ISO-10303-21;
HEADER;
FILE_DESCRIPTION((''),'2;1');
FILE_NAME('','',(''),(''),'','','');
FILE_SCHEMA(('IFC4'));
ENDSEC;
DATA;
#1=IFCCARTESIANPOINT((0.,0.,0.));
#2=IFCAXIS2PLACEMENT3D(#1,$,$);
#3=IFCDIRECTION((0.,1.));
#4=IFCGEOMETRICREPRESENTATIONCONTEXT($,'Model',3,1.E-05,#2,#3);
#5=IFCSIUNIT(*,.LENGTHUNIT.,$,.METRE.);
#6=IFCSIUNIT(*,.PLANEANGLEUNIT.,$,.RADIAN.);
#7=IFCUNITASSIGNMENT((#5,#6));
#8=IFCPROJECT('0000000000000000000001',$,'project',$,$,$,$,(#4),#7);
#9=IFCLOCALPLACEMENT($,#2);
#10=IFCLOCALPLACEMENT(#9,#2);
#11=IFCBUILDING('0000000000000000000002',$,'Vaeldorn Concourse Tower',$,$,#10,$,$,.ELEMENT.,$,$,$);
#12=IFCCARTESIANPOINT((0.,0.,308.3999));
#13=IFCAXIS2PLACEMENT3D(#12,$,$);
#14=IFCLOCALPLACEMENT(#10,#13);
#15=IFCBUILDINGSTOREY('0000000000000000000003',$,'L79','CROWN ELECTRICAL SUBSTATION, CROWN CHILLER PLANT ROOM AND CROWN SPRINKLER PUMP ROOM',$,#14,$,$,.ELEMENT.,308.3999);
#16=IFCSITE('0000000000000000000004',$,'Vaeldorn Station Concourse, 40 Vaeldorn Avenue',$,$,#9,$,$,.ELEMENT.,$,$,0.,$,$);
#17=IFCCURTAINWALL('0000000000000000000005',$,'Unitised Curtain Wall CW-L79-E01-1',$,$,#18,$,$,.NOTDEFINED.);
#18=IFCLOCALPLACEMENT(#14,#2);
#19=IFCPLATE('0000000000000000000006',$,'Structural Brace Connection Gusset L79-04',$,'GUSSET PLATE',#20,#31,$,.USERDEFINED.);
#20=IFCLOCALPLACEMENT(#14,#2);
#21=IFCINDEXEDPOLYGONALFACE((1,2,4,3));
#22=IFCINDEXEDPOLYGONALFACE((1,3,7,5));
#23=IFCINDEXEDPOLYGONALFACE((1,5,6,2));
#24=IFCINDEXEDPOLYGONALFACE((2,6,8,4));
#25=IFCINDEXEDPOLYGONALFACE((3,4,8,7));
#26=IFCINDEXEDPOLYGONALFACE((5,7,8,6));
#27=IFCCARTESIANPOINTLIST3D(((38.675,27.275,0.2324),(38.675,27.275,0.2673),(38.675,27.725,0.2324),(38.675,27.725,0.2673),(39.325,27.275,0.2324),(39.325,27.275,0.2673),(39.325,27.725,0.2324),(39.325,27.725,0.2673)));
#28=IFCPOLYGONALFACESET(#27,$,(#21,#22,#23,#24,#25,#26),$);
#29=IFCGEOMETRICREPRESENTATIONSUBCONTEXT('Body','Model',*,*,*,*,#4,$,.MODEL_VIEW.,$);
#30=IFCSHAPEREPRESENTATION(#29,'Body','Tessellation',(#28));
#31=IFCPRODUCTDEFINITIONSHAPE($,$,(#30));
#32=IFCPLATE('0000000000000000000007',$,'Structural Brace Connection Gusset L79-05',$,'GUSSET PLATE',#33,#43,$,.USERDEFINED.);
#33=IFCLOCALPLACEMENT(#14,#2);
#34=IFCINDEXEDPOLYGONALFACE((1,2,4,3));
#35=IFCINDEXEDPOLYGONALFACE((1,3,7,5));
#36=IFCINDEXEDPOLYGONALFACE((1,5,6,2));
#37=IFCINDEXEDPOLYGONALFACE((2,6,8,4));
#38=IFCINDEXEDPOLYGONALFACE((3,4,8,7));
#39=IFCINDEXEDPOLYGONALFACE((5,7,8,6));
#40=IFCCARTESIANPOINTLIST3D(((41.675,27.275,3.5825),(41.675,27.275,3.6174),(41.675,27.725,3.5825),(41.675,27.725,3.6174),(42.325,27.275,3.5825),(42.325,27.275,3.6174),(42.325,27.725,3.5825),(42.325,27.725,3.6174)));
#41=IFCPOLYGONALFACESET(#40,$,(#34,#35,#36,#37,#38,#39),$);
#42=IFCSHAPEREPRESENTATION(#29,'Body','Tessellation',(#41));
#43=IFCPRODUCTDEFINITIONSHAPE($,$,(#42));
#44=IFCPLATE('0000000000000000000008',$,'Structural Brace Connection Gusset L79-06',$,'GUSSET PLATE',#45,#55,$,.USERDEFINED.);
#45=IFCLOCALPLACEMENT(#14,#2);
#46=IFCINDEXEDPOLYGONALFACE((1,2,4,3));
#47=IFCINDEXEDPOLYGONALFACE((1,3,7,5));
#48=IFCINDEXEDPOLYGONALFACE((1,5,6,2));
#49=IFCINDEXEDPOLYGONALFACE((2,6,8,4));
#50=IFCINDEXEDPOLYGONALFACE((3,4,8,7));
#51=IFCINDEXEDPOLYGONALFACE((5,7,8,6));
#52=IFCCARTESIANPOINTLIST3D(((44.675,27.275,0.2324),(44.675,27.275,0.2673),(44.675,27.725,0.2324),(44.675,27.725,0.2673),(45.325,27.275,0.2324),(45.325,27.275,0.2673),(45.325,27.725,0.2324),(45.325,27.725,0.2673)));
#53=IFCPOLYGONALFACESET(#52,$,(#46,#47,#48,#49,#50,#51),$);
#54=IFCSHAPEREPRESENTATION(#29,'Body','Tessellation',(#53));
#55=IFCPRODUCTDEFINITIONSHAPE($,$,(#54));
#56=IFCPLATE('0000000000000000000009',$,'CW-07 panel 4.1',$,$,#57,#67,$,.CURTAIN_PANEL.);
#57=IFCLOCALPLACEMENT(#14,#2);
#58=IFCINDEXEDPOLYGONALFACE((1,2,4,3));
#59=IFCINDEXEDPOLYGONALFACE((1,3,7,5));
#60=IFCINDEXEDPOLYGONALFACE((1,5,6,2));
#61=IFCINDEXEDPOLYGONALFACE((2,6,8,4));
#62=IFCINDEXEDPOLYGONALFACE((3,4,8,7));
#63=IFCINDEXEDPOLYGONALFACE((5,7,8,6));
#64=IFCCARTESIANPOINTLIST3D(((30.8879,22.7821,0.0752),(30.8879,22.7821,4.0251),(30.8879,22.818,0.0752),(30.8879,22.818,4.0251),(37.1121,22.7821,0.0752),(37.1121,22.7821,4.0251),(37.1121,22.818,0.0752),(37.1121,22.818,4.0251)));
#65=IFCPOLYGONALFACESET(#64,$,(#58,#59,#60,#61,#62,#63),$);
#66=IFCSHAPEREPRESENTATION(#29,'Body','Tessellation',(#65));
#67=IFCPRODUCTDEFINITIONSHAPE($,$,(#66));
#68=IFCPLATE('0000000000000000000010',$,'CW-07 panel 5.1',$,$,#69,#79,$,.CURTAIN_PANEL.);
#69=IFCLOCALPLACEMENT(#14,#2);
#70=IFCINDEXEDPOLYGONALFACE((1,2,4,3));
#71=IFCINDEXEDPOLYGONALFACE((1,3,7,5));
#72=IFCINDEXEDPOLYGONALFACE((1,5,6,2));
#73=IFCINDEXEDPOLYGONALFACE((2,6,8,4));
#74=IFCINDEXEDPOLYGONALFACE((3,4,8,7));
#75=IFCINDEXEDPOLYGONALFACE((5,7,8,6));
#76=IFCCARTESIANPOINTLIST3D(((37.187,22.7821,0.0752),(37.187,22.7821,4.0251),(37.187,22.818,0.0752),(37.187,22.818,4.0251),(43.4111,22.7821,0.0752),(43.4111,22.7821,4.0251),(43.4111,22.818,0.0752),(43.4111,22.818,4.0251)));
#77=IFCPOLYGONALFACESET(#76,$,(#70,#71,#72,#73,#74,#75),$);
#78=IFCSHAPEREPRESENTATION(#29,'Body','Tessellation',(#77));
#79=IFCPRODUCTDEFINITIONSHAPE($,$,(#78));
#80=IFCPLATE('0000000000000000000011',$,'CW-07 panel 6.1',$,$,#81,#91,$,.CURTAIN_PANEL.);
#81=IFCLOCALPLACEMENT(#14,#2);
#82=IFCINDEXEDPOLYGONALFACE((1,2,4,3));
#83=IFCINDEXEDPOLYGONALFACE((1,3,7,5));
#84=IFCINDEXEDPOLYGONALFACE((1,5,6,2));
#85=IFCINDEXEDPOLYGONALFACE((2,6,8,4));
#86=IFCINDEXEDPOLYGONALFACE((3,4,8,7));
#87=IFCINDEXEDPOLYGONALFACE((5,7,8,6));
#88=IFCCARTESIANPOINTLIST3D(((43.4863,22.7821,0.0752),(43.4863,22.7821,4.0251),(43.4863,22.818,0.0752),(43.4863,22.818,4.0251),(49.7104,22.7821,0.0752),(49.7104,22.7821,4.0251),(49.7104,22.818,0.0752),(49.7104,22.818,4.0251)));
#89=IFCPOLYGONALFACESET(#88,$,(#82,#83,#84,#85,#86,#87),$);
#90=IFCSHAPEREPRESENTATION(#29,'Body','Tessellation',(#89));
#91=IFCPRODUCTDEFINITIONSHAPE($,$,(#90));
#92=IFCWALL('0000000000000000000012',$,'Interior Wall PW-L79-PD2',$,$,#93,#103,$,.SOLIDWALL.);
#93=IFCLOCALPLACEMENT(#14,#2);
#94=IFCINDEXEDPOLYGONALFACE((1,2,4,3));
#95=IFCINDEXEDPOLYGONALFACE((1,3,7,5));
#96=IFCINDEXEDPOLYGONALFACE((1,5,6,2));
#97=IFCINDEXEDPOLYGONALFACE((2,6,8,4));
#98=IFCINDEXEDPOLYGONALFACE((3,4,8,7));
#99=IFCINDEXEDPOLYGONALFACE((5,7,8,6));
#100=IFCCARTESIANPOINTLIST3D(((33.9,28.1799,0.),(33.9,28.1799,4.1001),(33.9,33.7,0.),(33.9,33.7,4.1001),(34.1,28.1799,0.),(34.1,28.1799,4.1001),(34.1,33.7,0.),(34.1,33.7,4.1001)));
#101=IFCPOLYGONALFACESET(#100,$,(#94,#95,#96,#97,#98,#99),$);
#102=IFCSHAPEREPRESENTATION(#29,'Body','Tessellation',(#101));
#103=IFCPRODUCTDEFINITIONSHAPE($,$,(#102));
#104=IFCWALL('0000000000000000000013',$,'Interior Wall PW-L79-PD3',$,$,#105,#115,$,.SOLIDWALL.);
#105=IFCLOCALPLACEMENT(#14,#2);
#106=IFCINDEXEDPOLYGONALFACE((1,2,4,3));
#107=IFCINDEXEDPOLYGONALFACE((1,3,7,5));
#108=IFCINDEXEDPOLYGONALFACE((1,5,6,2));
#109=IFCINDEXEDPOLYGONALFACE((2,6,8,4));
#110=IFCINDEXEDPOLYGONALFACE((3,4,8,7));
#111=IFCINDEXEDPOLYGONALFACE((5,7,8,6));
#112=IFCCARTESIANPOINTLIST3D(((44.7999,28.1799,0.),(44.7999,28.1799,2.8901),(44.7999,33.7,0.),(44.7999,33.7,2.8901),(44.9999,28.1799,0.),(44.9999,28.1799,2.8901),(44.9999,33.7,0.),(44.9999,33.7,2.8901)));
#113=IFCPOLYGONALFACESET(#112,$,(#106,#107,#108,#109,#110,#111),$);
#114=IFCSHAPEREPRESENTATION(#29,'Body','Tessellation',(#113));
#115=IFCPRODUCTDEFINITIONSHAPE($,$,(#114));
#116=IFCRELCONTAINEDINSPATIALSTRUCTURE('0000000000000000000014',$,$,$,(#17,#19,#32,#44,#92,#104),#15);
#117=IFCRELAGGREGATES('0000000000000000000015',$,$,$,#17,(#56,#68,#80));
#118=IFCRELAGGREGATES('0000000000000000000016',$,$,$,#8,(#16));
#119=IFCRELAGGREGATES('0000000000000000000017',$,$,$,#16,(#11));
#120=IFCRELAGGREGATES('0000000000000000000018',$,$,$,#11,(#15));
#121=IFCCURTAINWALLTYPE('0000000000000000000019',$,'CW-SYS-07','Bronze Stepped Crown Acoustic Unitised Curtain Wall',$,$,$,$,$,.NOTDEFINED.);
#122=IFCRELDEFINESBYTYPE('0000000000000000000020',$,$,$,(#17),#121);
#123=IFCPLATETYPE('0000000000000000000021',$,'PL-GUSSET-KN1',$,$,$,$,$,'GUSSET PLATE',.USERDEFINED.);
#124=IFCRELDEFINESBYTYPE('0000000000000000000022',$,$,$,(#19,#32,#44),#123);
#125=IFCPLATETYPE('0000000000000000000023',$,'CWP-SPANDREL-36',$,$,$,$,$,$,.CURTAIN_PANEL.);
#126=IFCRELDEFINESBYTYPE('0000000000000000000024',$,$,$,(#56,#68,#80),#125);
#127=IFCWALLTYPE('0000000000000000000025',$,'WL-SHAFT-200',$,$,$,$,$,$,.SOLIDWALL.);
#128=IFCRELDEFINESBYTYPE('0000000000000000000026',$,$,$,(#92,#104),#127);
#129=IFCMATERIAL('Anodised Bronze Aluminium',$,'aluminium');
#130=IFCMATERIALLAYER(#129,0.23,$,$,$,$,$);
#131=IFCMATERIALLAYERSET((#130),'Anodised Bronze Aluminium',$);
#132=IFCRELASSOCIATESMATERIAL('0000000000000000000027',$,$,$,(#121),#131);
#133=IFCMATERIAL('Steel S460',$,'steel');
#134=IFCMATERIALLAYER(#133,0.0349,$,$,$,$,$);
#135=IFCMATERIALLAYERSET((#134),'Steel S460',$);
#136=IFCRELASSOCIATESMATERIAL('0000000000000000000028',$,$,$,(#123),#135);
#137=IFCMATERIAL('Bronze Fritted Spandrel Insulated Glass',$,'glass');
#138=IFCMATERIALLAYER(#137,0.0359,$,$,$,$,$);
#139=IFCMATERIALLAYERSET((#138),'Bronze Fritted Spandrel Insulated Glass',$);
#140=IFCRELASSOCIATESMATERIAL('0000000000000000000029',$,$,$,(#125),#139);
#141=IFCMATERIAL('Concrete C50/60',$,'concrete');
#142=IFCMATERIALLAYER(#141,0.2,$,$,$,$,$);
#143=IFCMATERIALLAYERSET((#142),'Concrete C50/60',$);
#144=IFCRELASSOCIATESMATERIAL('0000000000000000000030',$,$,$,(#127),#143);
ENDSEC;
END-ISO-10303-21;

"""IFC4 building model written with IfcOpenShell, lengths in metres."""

from ifc_helpers import new_model, si_unit, direction, frame, frame_2d, origin, origin_2d, place, context, subcontext, project, spatial, rectangle, extrude, source, transform, mapped, material, layer, layer_set, type_object, element, aggregate, save


model = new_model("IFC4")

# Units and contexts
model_context = context("Model", 3, precision=1e-05, world=origin(), true_north=direction((0.0, 1.0)))
body_context = subcontext(model_context, "Body", "Model", "MODEL_VIEW")
ifc_project = project(units=[si_unit("LENGTHUNIT", "METRE"), si_unit("PLANEANGLEUNIT", "RADIAN")], contexts=[model_context])

# Site, building, storey
site_placement = place(None, origin())
site = spatial("IfcSite", under=ifc_project, at=site_placement, Name="Vaeldorn Station Concourse, 40 Vaeldorn Avenue", CompositionType="ELEMENT", RefElevation=0.0)
building_placement = place(site_placement, origin())
building = spatial("IfcBuilding", under=site, at=building_placement, Name="Vaeldorn Concourse Tower", CompositionType="ELEMENT")
storey_placement = place(building_placement, frame((0.0, 0.0, 308.3999)))
storey = spatial("IfcBuildingStorey", under=building, at=storey_placement, Name="L79", Description="CROWN ELECTRICAL SUBSTATION, CROWN CHILLER PLANT ROOM AND CROWN SPRINKLER PUMP ROOM", CompositionType="ELEMENT", Elevation=308.3999)

# Shared definitions
ifc_material_1 = material(Name="Steel S460", Category="steel")

# Curtain wall
ifc_material_2 = material(Name="Anodised Bronze Aluminium", Category="aluminium")
ifc_layer_1 = layer(ifc_material_2, 0.23)
ifc_layer_set_1 = layer_set([ifc_layer_1], Name="Anodised Bronze Aluminium")
curtain_wall_type = type_object("IfcCurtainWallType", Name="CW-SYS-07", Description="Bronze Stepped Crown Acoustic Unitised Curtain Wall", PredefinedType="NOTDEFINED", material=ifc_layer_set_1)
curtain_wall_placement = place(storey_placement, origin())
curtain_wall = element("IfcCurtainWall", 1, at=curtain_wall_placement, inside=storey, type_object=curtain_wall_type, Name="Unitised Curtain Wall CW-L79-E01-1", PredefinedType="NOTDEFINED")

# Plates
ifc_layer_2 = layer(ifc_material_1, 0.0349)
ifc_layer_set_2 = layer_set([ifc_layer_2], Name="Steel S460")
plate_type_1 = type_object("IfcPlateType", Name="PL-GUSSET-KN1", ElementType="GUSSET PLATE", PredefinedType="USERDEFINED", material=ifc_layer_set_2)
shared_shape_1 = source(origin(), body_context, "Body", "SweptSolid", [
    extrude(rectangle(XDim=0.6499, YDim=0.45, at=origin_2d()), origin(), (0.0, 0.0, 1.0), 0.0349),
])
for number, where, z_axis, x_axis, name in (
    (2, (39.0, 27.5, 0.2324), (0.0, 0.0, 1.0), (1.0, 0.0, 0.0), "Structural Brace Connection Gusset L79-04"),
    (3, (42.0, 27.5, 3.5825), (0.0, 0.0, 1.0), (1.0, 0.0, 0.0), "Structural Brace Connection Gusset L79-05"),
    (4, (45.0, 27.5, 0.2324), (0.0, 0.0, 1.0), (1.0, 0.0, 0.0), "Structural Brace Connection Gusset L79-06"),
):
    element("IfcPlate", number, at=place(storey_placement, frame(where, z_axis=z_axis, x_axis=x_axis)), inside=storey, type_object=plate_type_1, Name=name, ObjectType="GUSSET PLATE", PredefinedType="USERDEFINED", context=body_context, shape_type="MappedRepresentation", body=[
        mapped(shared_shape_1, transform((0.0, 0.0, 0.0), scale=1.0)),
    ])

# Plates
ifc_material_3 = material(Name="Bronze Fritted Spandrel Insulated Glass", Category="glass")
ifc_layer_3 = layer(ifc_material_3, 0.0359)
ifc_layer_set_3 = layer_set([ifc_layer_3], Name="Bronze Fritted Spandrel Insulated Glass")
plate_type_2 = type_object("IfcPlateType", Name="CWP-SPANDREL-36", PredefinedType="CURTAIN_PANEL", material=ifc_layer_set_3)
shared_shape_2 = source(origin(), body_context, "Body", "SweptSolid", [
    extrude(rectangle(XDim=6.2241, YDim=0.0359, at=origin_2d()), origin(), (0.0, 0.0, 1.0), 3.95),
])
plate_1_placement = place(storey_placement, frame((34.0, 22.8, 0.0752), z_axis=(0.0, 0.0, 1.0), x_axis=(1.0, 0.0, 0.0)))
plate_1 = element("IfcPlate", 5, at=plate_1_placement, type_object=plate_type_2, Name="CW-07 panel 4.1", PredefinedType="CURTAIN_PANEL", context=body_context, shape_type="MappedRepresentation", body=[
    mapped(shared_shape_2, transform((0.0, 0.0, 0.0), scale=1.0)),
])
plate_2_placement = place(storey_placement, frame((40.2991, 22.8, 0.0752), z_axis=(0.0, 0.0, 1.0), x_axis=(1.0, 0.0, 0.0)))
plate_2 = element("IfcPlate", 6, at=plate_2_placement, type_object=plate_type_2, Name="CW-07 panel 5.1", PredefinedType="CURTAIN_PANEL", context=body_context, shape_type="MappedRepresentation", body=[
    mapped(shared_shape_2, transform((0.0, 0.0, 0.0), scale=1.0)),
])
plate_3_placement = place(storey_placement, frame((46.5984, 22.8, 0.0752), z_axis=(0.0, 0.0, 1.0), x_axis=(1.0, 0.0, 0.0)))
plate_3 = element("IfcPlate", 7, at=plate_3_placement, type_object=plate_type_2, Name="CW-07 panel 6.1", PredefinedType="CURTAIN_PANEL", context=body_context, shape_type="MappedRepresentation", body=[
    mapped(shared_shape_2, transform((0.0, 0.0, 0.0), scale=1.0)),
])
aggregate(curtain_wall, [plate_1, plate_2, plate_3])

# Walls
ifc_material_4 = material(Name="Concrete C50/60", Category="concrete")
ifc_layer_4 = layer(ifc_material_4, 0.2)
ifc_layer_set_4 = layer_set([ifc_layer_4], Name="Concrete C50/60")
wall_type = type_object("IfcWallType", Name="WL-SHAFT-200", PredefinedType="SOLIDWALL", material=ifc_layer_set_4)
wall_1_placement = place(storey_placement, frame((34.0, 28.1799, 0.0), z_axis=(0.0, 0.0, 1.0), x_axis=(0.0, 1.0, 0.0)))
element("IfcWall", 8, at=wall_1_placement, inside=storey, type_object=wall_type, Name="Interior Wall PW-L79-PD2", PredefinedType="SOLIDWALL", context=body_context, shape_type="SweptSolid", body=[
    extrude(rectangle(XDim=5.52, YDim=0.2, at=frame_2d((2.76, 0.0))), origin(), (0.0, 0.0, 1.0), 4.1001),
])
wall_2_placement = place(storey_placement, frame((44.8999, 28.1799, 0.0), z_axis=(0.0, 0.0, 1.0), x_axis=(0.0, 1.0, 0.0)))
element("IfcWall", 9, at=wall_2_placement, inside=storey, type_object=wall_type, Name="Interior Wall PW-L79-PD3", PredefinedType="SOLIDWALL", context=body_context, shape_type="SweptSolid", body=[
    extrude(rectangle(XDim=5.52, YDim=0.2, at=frame_2d((2.76, 0.0))), origin(), (0.0, 0.0, 1.0), 2.8901),
])

save(model, "model.ifc")
